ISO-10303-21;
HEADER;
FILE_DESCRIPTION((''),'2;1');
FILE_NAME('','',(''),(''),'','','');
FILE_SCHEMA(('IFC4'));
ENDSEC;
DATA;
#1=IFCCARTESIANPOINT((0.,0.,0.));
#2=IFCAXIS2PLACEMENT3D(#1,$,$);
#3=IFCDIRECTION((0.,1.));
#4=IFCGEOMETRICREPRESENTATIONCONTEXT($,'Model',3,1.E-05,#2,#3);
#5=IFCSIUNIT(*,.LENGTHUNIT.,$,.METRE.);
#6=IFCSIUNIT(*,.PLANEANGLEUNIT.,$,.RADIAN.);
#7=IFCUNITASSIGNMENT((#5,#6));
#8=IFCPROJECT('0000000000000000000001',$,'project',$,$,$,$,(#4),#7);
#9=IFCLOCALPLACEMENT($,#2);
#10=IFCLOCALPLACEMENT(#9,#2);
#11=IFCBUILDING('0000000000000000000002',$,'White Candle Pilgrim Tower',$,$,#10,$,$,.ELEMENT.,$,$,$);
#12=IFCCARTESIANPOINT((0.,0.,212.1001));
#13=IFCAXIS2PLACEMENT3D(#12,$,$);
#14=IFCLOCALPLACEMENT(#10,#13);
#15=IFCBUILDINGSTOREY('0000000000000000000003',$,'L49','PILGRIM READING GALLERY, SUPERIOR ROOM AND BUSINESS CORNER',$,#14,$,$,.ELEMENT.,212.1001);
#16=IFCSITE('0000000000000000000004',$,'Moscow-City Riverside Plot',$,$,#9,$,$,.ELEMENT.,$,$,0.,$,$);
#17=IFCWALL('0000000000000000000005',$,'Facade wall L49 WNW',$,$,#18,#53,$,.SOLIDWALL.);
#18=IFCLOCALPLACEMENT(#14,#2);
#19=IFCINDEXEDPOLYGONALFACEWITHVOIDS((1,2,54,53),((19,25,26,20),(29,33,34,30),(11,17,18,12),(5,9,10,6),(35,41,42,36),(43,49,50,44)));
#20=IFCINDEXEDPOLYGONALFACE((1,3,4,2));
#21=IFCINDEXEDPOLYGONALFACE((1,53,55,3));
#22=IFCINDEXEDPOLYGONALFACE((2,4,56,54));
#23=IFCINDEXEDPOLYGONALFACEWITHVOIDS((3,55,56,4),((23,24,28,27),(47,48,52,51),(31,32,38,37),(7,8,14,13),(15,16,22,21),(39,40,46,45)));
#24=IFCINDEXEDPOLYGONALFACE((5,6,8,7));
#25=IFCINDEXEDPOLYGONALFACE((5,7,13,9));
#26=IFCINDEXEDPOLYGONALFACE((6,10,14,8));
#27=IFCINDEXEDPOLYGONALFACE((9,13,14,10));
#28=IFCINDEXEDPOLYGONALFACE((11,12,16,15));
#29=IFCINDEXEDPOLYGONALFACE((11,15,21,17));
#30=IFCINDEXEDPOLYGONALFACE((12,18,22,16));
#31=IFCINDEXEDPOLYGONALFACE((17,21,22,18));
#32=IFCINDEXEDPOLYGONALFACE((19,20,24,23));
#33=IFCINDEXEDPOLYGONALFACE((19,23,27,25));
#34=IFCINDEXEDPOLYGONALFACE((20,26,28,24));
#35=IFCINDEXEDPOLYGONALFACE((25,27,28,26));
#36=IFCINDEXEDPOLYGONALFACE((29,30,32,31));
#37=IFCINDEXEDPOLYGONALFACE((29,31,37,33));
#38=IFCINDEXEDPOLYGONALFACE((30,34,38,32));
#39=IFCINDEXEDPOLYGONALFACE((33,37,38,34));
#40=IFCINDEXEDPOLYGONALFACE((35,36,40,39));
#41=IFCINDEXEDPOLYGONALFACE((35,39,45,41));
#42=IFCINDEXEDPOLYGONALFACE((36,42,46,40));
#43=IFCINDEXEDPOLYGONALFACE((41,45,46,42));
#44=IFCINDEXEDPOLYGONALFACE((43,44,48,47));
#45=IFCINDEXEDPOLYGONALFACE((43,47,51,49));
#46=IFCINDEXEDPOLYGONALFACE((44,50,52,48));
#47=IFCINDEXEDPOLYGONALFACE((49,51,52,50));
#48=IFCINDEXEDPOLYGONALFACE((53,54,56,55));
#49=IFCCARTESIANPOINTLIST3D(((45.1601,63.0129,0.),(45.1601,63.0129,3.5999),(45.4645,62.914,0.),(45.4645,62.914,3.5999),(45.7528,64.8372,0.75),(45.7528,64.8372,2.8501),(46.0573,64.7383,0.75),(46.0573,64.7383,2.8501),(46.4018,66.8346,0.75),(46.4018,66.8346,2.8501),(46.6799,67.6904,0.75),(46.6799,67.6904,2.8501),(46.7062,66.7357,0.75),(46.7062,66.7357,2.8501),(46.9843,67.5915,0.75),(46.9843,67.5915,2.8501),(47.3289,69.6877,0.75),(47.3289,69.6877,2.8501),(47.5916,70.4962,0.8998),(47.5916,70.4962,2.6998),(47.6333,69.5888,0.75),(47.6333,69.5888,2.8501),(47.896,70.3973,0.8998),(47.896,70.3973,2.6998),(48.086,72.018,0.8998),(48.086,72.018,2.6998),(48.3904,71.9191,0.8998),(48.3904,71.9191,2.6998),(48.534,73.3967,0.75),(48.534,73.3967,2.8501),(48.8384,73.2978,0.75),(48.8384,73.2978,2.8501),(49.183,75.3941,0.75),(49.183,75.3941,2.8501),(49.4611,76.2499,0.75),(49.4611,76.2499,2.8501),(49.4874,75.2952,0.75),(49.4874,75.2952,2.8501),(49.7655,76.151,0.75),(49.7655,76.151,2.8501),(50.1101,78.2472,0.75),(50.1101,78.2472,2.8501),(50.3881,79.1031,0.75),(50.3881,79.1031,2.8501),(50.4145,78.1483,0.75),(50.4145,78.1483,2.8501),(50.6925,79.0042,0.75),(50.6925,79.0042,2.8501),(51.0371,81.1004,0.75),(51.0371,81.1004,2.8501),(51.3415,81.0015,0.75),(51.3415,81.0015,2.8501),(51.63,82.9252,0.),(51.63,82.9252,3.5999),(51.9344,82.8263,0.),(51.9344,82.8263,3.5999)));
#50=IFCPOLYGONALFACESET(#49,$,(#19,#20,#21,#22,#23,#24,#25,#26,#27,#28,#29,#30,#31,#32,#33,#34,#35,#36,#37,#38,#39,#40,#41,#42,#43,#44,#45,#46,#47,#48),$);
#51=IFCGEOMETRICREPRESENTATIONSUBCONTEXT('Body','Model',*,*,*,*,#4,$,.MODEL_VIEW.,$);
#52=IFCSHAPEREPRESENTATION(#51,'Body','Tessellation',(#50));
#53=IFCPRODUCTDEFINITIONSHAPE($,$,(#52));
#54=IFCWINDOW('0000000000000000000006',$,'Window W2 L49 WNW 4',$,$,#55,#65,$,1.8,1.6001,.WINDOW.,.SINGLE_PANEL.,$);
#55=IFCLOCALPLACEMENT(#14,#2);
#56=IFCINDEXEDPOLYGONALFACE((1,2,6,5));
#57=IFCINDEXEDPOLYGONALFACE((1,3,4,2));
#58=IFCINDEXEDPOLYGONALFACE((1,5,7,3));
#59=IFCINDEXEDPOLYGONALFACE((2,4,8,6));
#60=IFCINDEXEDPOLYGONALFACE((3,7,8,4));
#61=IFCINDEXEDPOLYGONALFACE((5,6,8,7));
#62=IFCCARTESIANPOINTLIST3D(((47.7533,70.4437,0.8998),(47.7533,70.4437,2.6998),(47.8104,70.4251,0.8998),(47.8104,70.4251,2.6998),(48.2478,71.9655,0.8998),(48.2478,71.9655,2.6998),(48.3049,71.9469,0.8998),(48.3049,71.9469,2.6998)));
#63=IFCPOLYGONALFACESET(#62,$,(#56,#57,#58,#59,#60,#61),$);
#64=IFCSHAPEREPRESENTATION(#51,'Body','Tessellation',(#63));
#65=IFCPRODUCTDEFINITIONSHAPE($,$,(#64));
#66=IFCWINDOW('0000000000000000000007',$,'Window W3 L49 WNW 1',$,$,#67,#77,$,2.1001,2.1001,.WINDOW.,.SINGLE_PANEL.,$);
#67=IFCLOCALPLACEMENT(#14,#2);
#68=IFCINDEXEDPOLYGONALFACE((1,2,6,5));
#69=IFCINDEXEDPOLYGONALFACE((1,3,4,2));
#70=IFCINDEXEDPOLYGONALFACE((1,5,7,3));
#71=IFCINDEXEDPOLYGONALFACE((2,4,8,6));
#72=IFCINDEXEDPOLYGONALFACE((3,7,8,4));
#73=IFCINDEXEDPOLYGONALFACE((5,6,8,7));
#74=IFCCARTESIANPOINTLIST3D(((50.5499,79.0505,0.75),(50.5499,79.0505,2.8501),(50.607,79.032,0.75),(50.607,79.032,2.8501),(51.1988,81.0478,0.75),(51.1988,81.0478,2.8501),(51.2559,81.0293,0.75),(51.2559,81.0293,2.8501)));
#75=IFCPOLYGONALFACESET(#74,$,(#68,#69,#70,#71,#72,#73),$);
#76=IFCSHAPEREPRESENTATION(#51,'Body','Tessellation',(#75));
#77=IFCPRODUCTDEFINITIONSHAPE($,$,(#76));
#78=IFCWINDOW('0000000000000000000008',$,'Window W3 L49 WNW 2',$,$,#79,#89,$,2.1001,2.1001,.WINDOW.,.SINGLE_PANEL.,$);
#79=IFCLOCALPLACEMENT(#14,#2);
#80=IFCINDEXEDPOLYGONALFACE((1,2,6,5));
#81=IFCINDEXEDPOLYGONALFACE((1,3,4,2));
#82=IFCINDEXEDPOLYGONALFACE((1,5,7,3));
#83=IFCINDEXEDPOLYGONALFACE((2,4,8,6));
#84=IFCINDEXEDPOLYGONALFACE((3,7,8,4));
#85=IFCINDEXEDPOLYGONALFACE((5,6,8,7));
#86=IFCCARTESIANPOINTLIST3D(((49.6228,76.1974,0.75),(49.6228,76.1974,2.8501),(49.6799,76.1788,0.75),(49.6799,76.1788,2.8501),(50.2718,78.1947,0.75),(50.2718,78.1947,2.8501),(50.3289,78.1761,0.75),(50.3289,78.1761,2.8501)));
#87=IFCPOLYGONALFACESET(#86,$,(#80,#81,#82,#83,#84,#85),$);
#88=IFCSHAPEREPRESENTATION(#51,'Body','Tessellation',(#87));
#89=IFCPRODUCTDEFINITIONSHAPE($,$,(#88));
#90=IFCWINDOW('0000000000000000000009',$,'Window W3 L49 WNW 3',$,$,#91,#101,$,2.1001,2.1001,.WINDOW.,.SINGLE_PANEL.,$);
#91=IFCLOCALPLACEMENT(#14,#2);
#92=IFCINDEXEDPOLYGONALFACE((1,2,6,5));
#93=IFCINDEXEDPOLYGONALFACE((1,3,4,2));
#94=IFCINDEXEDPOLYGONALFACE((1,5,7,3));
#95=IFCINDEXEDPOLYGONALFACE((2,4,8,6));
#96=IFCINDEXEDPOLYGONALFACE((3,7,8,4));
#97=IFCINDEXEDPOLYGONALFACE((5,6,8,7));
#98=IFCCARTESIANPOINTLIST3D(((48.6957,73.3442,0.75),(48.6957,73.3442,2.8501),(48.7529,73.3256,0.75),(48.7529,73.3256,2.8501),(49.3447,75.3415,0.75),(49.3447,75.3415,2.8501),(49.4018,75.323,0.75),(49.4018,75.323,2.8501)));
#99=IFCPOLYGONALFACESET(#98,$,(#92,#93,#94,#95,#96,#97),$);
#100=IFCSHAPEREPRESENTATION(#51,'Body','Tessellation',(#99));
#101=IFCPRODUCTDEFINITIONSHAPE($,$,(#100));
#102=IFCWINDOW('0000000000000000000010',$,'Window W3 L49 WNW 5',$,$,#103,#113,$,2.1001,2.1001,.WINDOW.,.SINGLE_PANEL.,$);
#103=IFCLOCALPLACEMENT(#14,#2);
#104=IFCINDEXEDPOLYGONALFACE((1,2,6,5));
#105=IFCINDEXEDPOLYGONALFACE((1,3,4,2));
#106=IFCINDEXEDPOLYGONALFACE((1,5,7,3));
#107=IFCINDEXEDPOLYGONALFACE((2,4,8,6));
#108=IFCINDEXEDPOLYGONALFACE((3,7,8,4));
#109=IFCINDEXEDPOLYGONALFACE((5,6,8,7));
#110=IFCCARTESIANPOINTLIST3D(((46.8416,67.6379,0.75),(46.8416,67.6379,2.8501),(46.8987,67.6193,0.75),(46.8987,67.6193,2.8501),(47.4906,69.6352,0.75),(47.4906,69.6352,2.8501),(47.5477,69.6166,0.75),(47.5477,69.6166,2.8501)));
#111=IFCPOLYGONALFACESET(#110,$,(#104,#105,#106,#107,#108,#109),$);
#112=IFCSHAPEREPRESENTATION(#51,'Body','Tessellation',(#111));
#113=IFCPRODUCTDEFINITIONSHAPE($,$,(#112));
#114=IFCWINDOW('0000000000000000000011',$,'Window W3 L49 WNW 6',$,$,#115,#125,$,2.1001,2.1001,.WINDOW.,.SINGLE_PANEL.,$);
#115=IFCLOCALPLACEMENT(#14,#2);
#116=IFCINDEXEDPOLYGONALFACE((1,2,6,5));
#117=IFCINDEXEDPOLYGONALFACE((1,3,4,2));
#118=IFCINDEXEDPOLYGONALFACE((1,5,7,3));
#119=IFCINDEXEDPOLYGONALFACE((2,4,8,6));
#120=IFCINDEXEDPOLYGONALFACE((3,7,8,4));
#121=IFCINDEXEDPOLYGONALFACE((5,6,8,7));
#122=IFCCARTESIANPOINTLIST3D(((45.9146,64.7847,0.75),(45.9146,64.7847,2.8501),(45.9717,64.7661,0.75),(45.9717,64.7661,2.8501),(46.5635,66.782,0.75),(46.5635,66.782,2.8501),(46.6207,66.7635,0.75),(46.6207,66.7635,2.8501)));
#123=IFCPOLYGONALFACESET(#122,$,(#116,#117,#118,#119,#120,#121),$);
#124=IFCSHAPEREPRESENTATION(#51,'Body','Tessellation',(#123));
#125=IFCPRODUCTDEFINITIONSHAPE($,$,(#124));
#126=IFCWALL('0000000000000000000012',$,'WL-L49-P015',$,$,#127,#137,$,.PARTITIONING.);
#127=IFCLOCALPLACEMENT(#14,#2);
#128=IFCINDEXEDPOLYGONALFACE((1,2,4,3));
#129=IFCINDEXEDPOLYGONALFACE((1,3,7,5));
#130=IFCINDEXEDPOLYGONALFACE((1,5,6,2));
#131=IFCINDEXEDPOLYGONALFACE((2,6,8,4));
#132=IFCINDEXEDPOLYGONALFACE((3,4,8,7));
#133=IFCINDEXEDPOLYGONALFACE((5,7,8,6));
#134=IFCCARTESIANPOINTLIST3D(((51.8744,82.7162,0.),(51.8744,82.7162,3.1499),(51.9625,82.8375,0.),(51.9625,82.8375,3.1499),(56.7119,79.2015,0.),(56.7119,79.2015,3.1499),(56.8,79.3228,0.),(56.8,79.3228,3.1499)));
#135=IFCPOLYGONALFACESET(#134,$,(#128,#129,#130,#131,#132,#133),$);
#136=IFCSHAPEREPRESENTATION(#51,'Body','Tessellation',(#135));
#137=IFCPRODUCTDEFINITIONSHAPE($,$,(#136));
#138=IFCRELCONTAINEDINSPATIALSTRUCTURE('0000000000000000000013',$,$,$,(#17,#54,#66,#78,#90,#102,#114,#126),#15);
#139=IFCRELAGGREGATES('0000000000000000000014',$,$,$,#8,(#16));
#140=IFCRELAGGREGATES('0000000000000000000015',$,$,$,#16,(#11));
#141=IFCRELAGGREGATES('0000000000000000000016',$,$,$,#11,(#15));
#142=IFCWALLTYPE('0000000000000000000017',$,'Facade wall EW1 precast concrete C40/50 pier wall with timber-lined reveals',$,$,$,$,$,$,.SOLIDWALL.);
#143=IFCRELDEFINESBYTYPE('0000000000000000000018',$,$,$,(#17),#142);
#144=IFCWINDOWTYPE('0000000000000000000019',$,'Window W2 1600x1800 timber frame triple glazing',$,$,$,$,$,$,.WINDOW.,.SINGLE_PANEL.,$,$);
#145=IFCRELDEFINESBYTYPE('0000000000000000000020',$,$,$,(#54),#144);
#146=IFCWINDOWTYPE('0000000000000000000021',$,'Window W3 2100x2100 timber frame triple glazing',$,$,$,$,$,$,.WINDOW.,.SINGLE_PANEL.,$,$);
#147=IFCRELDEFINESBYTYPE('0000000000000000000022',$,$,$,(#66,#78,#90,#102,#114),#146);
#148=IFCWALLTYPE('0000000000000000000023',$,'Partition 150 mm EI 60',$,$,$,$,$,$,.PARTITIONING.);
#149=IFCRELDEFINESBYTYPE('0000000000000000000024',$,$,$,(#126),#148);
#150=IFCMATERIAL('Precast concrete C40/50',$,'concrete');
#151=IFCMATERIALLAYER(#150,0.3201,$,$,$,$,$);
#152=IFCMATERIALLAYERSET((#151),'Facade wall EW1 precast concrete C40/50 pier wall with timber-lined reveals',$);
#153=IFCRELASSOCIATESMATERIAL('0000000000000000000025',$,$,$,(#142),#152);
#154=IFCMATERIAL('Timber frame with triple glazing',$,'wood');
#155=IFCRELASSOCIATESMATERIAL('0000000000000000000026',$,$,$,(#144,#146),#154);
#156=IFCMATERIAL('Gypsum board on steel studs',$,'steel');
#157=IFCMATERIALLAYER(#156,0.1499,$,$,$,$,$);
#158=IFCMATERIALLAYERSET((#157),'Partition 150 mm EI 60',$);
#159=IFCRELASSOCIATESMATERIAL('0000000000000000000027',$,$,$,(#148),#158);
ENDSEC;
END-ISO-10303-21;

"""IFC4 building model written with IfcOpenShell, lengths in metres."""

from ifc_helpers import new_model, si_unit, direction, frame, frame_2d, origin, place, context, subcontext, project, spatial, rectangle, extrude, material, layer, layer_set, type_object, element, fill, save


model = new_model("IFC4")

# Units and contexts
model_context = context("Model", 3, precision=1e-05, world=origin(), true_north=direction((0.0, 1.0)))
body_context = subcontext(model_context, "Body", "Model", "MODEL_VIEW")
ifc_project = project(units=[si_unit("LENGTHUNIT", "METRE"), si_unit("PLANEANGLEUNIT", "RADIAN")], contexts=[model_context])

# Site, building, storey
site_placement = place(None, origin())
site = spatial("IfcSite", under=ifc_project, at=site_placement, Name="Moscow-City Riverside Plot", CompositionType="ELEMENT", RefElevation=0.0)
building_placement = place(site_placement, origin())
building = spatial("IfcBuilding", under=site, at=building_placement, Name="White Candle Pilgrim Tower", CompositionType="ELEMENT")
storey_placement = place(building_placement, frame((0.0, 0.0, 212.1001)))
storey = spatial("IfcBuildingStorey", under=building, at=storey_placement, Name="L49", Description="PILGRIM READING GALLERY, SUPERIOR ROOM AND BUSINESS CORNER", CompositionType="ELEMENT", Elevation=212.1001)

# Wall, openings, windows
ifc_material_1 = material(Name="Precast concrete C40/50", Category="concrete")
ifc_layer_1 = layer(ifc_material_1, 0.3201)
ifc_layer_set_1 = layer_set([ifc_layer_1], Name="Facade wall EW1 precast concrete C40/50 pier wall with timber-lined reveals")
wall_type_1 = type_object("IfcWallType", Name="Facade wall EW1 precast concrete C40/50 pier wall with timber-lined reveals", PredefinedType="SOLIDWALL", material=ifc_layer_set_1)
ifc_material_2 = material(Name="Timber frame with triple glazing", Category="wood")
wall_1_placement = place(storey_placement, frame((51.7822, 82.8757, 0.0), z_axis=(0.0, 0.0, 1.0), x_axis=(-0.309019, -0.951056, 0.0)))
wall_1 = element("IfcWall", 1, at=wall_1_placement, inside=storey, type_object=wall_type_1, Name="Facade wall L49 WNW", PredefinedType="SOLIDWALL", context=body_context, shape_type="SweptSolid", body=[
    extrude(rectangle(XDim=20.937, YDim=0.3201, at=frame_2d((10.4685, 0.0))), origin(), (0.0, 0.0, 1.0), 3.5999),
])
opening_1_placement = place(wall_1_placement, frame((1.9187, 0.0, 0.75)))
opening_1 = element("IfcOpeningElement", 2, at=opening_1_placement, cuts=wall_1, PredefinedType="OPENING", context=body_context, shape_type="SweptSolid", body=[
    extrude(rectangle(XDim=2.1001, YDim=2.1001, at=frame_2d((1.05, 1.05))), frame((0.0, 0.1699, 0.0), z_axis=(0.0, -1.0, 0.0), x_axis=(1.0, 0.0, 0.0)), (0.0, 0.0, 1.0), 0.3401),
])
opening_2_placement = place(wall_1_placement, frame((4.9187, 0.0, 0.75)))
opening_2 = element("IfcOpeningElement", 3, at=opening_2_placement, cuts=wall_1, PredefinedType="OPENING", context=body_context, shape_type="SweptSolid", body=[
    extrude(rectangle(XDim=2.1001, YDim=2.1001, at=frame_2d((1.05, 1.05))), frame((0.0, 0.1699, 0.0), z_axis=(0.0, -1.0, 0.0), x_axis=(1.0, 0.0, 0.0)), (0.0, 0.0, 1.0), 0.3401),
])
opening_3_placement = place(wall_1_placement, frame((7.9187, 0.0, 0.75)))
opening_3 = element("IfcOpeningElement", 4, at=opening_3_placement, cuts=wall_1, PredefinedType="OPENING", context=body_context, shape_type="SweptSolid", body=[
    extrude(rectangle(XDim=2.1001, YDim=2.1001, at=frame_2d((1.05, 1.05))), frame((0.0, 0.1699, 0.0), z_axis=(0.0, -1.0, 0.0), x_axis=(1.0, 0.0, 0.0)), (0.0, 0.0, 1.0), 0.3401),
])
opening_4_placement = place(wall_1_placement, frame((11.4685, 0.0, 0.8999)))
opening_4 = element("IfcOpeningElement", 5, at=opening_4_placement, cuts=wall_1, PredefinedType="OPENING", context=body_context, shape_type="SweptSolid", body=[
    extrude(rectangle(XDim=1.6001, YDim=1.8, at=frame_2d((0.8, 0.8999))), frame((0.0, 0.1699, 0.0), z_axis=(0.0, -1.0, 0.0), x_axis=(1.0, 0.0, 0.0)), (0.0, 0.0, 1.0), 0.3401),
])
opening_5_placement = place(wall_1_placement, frame((13.9187, 0.0, 0.75)))
opening_5 = element("IfcOpeningElement", 6, at=opening_5_placement, cuts=wall_1, PredefinedType="OPENING", context=body_context, shape_type="SweptSolid", body=[
    extrude(rectangle(XDim=2.1001, YDim=2.1001, at=frame_2d((1.05, 1.05))), frame((0.0, 0.1699, 0.0), z_axis=(0.0, -1.0, 0.0), x_axis=(1.0, 0.0, 0.0)), (0.0, 0.0, 1.0), 0.3401),
])
opening_6_placement = place(wall_1_placement, frame((16.9187, 0.0, 0.75)))
opening_6 = element("IfcOpeningElement", 7, at=opening_6_placement, cuts=wall_1, PredefinedType="OPENING", context=body_context, shape_type="SweptSolid", body=[
    extrude(rectangle(XDim=2.1001, YDim=2.1001, at=frame_2d((1.05, 1.05))), frame((0.0, 0.1699, 0.0), z_axis=(0.0, -1.0, 0.0), x_axis=(1.0, 0.0, 0.0)), (0.0, 0.0, 1.0), 0.3401),
])
window_type_1 = type_object("IfcWindowType", Name="Window W2 1600x1800 timber frame triple glazing", PartitioningType="SINGLE_PANEL", PredefinedType="WINDOW", material=ifc_material_2)
window_1_placement = place(opening_4_placement, origin())
window_1 = element("IfcWindow", 8, at=window_1_placement, inside=storey, type_object=window_type_1, Name="Window W2 L49 WNW 4", OverallHeight=1.8, OverallWidth=1.6001, PartitioningType="SINGLE_PANEL", PredefinedType="WINDOW", context=body_context, shape_type="SweptSolid", body=[
    extrude(rectangle(XDim=1.6001, YDim=1.8, at=frame_2d((0.8, 0.8999))), frame((0.0, 0.0701, 0.0), z_axis=(0.0, -1.0, 0.0), x_axis=(1.0, 0.0, 0.0)), (0.0, 0.0, 1.0), 0.0601),
])
fill(opening_4, window_1)
window_type_2 = type_object("IfcWindowType", Name="Window W3 2100x2100 timber frame triple glazing", PartitioningType="SINGLE_PANEL", PredefinedType="WINDOW", material=ifc_material_2)
window_2_placement = place(opening_1_placement, origin())
window_2 = element("IfcWindow", 9, at=window_2_placement, inside=storey, type_object=window_type_2, Name="Window W3 L49 WNW 1", OverallHeight=2.1001, OverallWidth=2.1001, PartitioningType="SINGLE_PANEL", PredefinedType="WINDOW", context=body_context, shape_type="SweptSolid", body=[
    extrude(rectangle(XDim=2.1001, YDim=2.1001, at=frame_2d((1.05, 1.05))), frame((0.0, 0.0701, 0.0), z_axis=(0.0, -1.0, 0.0), x_axis=(1.0, 0.0, 0.0)), (0.0, 0.0, 1.0), 0.0601),
])
fill(opening_1, window_2)
window_3_placement = place(opening_2_placement, origin())
window_3 = element("IfcWindow", 10, at=window_3_placement, inside=storey, type_object=window_type_2, Name="Window W3 L49 WNW 2", OverallHeight=2.1001, OverallWidth=2.1001, PartitioningType="SINGLE_PANEL", PredefinedType="WINDOW", context=body_context, shape_type="SweptSolid", body=[
    extrude(rectangle(XDim=2.1001, YDim=2.1001, at=frame_2d((1.05, 1.05))), frame((0.0, 0.0701, 0.0), z_axis=(0.0, -1.0, 0.0), x_axis=(1.0, 0.0, 0.0)), (0.0, 0.0, 1.0), 0.0601),
])
fill(opening_2, window_3)
window_4_placement = place(opening_3_placement, origin())
window_4 = element("IfcWindow", 11, at=window_4_placement, inside=storey, type_object=window_type_2, Name="Window W3 L49 WNW 3", OverallHeight=2.1001, OverallWidth=2.1001, PartitioningType="SINGLE_PANEL", PredefinedType="WINDOW", context=body_context, shape_type="SweptSolid", body=[
    extrude(rectangle(XDim=2.1001, YDim=2.1001, at=frame_2d((1.05, 1.05))), frame((0.0, 0.0701, 0.0), z_axis=(0.0, -1.0, 0.0), x_axis=(1.0, 0.0, 0.0)), (0.0, 0.0, 1.0), 0.0601),
])
fill(opening_3, window_4)
window_5_placement = place(opening_5_placement, origin())
window_5 = element("IfcWindow", 12, at=window_5_placement, inside=storey, type_object=window_type_2, Name="Window W3 L49 WNW 5", OverallHeight=2.1001, OverallWidth=2.1001, PartitioningType="SINGLE_PANEL", PredefinedType="WINDOW", context=body_context, shape_type="SweptSolid", body=[
    extrude(rectangle(XDim=2.1001, YDim=2.1001, at=frame_2d((1.05, 1.05))), frame((0.0, 0.0701, 0.0), z_axis=(0.0, -1.0, 0.0), x_axis=(1.0, 0.0, 0.0)), (0.0, 0.0, 1.0), 0.0601),
])
fill(opening_5, window_5)
window_6_placement = place(opening_6_placement, origin())
window_6 = element("IfcWindow", 13, at=window_6_placement, inside=storey, type_object=window_type_2, Name="Window W3 L49 WNW 6", OverallHeight=2.1001, OverallWidth=2.1001, PartitioningType="SINGLE_PANEL", PredefinedType="WINDOW", context=body_context, shape_type="SweptSolid", body=[
    extrude(rectangle(XDim=2.1001, YDim=2.1001, at=frame_2d((1.05, 1.05))), frame((0.0, 0.0701, 0.0), z_axis=(0.0, -1.0, 0.0), x_axis=(1.0, 0.0, 0.0)), (0.0, 0.0, 1.0), 0.0601),
])
fill(opening_6, window_6)

# Wall
ifc_material_3 = material(Name="Gypsum board on steel studs", Category="steel")
ifc_layer_2 = layer(ifc_material_3, 0.1499)
ifc_layer_set_2 = layer_set([ifc_layer_2], Name="Partition 150 mm EI 60")
wall_type_2 = type_object("IfcWallType", Name="Partition 150 mm EI 60", PredefinedType="PARTITIONING", material=ifc_layer_set_2)
wall_2_placement = place(storey_placement, frame((51.9185, 82.7769, 0.0), z_axis=(0.0, 0.0, 1.0), x_axis=(0.809011, -0.587793, 0.0)))
element("IfcWall", 14, at=wall_2_placement, inside=storey, type_object=wall_type_2, Name="WL-L49-P015", PredefinedType="PARTITIONING", context=body_context, shape_type="SweptSolid", body=[
    extrude(rectangle(XDim=5.9795, YDim=0.1499, at=frame_2d((2.9897, 0.0))), origin(), (0.0, 0.0, 1.0), 3.1499),
])

save(model, "model.ifc")
